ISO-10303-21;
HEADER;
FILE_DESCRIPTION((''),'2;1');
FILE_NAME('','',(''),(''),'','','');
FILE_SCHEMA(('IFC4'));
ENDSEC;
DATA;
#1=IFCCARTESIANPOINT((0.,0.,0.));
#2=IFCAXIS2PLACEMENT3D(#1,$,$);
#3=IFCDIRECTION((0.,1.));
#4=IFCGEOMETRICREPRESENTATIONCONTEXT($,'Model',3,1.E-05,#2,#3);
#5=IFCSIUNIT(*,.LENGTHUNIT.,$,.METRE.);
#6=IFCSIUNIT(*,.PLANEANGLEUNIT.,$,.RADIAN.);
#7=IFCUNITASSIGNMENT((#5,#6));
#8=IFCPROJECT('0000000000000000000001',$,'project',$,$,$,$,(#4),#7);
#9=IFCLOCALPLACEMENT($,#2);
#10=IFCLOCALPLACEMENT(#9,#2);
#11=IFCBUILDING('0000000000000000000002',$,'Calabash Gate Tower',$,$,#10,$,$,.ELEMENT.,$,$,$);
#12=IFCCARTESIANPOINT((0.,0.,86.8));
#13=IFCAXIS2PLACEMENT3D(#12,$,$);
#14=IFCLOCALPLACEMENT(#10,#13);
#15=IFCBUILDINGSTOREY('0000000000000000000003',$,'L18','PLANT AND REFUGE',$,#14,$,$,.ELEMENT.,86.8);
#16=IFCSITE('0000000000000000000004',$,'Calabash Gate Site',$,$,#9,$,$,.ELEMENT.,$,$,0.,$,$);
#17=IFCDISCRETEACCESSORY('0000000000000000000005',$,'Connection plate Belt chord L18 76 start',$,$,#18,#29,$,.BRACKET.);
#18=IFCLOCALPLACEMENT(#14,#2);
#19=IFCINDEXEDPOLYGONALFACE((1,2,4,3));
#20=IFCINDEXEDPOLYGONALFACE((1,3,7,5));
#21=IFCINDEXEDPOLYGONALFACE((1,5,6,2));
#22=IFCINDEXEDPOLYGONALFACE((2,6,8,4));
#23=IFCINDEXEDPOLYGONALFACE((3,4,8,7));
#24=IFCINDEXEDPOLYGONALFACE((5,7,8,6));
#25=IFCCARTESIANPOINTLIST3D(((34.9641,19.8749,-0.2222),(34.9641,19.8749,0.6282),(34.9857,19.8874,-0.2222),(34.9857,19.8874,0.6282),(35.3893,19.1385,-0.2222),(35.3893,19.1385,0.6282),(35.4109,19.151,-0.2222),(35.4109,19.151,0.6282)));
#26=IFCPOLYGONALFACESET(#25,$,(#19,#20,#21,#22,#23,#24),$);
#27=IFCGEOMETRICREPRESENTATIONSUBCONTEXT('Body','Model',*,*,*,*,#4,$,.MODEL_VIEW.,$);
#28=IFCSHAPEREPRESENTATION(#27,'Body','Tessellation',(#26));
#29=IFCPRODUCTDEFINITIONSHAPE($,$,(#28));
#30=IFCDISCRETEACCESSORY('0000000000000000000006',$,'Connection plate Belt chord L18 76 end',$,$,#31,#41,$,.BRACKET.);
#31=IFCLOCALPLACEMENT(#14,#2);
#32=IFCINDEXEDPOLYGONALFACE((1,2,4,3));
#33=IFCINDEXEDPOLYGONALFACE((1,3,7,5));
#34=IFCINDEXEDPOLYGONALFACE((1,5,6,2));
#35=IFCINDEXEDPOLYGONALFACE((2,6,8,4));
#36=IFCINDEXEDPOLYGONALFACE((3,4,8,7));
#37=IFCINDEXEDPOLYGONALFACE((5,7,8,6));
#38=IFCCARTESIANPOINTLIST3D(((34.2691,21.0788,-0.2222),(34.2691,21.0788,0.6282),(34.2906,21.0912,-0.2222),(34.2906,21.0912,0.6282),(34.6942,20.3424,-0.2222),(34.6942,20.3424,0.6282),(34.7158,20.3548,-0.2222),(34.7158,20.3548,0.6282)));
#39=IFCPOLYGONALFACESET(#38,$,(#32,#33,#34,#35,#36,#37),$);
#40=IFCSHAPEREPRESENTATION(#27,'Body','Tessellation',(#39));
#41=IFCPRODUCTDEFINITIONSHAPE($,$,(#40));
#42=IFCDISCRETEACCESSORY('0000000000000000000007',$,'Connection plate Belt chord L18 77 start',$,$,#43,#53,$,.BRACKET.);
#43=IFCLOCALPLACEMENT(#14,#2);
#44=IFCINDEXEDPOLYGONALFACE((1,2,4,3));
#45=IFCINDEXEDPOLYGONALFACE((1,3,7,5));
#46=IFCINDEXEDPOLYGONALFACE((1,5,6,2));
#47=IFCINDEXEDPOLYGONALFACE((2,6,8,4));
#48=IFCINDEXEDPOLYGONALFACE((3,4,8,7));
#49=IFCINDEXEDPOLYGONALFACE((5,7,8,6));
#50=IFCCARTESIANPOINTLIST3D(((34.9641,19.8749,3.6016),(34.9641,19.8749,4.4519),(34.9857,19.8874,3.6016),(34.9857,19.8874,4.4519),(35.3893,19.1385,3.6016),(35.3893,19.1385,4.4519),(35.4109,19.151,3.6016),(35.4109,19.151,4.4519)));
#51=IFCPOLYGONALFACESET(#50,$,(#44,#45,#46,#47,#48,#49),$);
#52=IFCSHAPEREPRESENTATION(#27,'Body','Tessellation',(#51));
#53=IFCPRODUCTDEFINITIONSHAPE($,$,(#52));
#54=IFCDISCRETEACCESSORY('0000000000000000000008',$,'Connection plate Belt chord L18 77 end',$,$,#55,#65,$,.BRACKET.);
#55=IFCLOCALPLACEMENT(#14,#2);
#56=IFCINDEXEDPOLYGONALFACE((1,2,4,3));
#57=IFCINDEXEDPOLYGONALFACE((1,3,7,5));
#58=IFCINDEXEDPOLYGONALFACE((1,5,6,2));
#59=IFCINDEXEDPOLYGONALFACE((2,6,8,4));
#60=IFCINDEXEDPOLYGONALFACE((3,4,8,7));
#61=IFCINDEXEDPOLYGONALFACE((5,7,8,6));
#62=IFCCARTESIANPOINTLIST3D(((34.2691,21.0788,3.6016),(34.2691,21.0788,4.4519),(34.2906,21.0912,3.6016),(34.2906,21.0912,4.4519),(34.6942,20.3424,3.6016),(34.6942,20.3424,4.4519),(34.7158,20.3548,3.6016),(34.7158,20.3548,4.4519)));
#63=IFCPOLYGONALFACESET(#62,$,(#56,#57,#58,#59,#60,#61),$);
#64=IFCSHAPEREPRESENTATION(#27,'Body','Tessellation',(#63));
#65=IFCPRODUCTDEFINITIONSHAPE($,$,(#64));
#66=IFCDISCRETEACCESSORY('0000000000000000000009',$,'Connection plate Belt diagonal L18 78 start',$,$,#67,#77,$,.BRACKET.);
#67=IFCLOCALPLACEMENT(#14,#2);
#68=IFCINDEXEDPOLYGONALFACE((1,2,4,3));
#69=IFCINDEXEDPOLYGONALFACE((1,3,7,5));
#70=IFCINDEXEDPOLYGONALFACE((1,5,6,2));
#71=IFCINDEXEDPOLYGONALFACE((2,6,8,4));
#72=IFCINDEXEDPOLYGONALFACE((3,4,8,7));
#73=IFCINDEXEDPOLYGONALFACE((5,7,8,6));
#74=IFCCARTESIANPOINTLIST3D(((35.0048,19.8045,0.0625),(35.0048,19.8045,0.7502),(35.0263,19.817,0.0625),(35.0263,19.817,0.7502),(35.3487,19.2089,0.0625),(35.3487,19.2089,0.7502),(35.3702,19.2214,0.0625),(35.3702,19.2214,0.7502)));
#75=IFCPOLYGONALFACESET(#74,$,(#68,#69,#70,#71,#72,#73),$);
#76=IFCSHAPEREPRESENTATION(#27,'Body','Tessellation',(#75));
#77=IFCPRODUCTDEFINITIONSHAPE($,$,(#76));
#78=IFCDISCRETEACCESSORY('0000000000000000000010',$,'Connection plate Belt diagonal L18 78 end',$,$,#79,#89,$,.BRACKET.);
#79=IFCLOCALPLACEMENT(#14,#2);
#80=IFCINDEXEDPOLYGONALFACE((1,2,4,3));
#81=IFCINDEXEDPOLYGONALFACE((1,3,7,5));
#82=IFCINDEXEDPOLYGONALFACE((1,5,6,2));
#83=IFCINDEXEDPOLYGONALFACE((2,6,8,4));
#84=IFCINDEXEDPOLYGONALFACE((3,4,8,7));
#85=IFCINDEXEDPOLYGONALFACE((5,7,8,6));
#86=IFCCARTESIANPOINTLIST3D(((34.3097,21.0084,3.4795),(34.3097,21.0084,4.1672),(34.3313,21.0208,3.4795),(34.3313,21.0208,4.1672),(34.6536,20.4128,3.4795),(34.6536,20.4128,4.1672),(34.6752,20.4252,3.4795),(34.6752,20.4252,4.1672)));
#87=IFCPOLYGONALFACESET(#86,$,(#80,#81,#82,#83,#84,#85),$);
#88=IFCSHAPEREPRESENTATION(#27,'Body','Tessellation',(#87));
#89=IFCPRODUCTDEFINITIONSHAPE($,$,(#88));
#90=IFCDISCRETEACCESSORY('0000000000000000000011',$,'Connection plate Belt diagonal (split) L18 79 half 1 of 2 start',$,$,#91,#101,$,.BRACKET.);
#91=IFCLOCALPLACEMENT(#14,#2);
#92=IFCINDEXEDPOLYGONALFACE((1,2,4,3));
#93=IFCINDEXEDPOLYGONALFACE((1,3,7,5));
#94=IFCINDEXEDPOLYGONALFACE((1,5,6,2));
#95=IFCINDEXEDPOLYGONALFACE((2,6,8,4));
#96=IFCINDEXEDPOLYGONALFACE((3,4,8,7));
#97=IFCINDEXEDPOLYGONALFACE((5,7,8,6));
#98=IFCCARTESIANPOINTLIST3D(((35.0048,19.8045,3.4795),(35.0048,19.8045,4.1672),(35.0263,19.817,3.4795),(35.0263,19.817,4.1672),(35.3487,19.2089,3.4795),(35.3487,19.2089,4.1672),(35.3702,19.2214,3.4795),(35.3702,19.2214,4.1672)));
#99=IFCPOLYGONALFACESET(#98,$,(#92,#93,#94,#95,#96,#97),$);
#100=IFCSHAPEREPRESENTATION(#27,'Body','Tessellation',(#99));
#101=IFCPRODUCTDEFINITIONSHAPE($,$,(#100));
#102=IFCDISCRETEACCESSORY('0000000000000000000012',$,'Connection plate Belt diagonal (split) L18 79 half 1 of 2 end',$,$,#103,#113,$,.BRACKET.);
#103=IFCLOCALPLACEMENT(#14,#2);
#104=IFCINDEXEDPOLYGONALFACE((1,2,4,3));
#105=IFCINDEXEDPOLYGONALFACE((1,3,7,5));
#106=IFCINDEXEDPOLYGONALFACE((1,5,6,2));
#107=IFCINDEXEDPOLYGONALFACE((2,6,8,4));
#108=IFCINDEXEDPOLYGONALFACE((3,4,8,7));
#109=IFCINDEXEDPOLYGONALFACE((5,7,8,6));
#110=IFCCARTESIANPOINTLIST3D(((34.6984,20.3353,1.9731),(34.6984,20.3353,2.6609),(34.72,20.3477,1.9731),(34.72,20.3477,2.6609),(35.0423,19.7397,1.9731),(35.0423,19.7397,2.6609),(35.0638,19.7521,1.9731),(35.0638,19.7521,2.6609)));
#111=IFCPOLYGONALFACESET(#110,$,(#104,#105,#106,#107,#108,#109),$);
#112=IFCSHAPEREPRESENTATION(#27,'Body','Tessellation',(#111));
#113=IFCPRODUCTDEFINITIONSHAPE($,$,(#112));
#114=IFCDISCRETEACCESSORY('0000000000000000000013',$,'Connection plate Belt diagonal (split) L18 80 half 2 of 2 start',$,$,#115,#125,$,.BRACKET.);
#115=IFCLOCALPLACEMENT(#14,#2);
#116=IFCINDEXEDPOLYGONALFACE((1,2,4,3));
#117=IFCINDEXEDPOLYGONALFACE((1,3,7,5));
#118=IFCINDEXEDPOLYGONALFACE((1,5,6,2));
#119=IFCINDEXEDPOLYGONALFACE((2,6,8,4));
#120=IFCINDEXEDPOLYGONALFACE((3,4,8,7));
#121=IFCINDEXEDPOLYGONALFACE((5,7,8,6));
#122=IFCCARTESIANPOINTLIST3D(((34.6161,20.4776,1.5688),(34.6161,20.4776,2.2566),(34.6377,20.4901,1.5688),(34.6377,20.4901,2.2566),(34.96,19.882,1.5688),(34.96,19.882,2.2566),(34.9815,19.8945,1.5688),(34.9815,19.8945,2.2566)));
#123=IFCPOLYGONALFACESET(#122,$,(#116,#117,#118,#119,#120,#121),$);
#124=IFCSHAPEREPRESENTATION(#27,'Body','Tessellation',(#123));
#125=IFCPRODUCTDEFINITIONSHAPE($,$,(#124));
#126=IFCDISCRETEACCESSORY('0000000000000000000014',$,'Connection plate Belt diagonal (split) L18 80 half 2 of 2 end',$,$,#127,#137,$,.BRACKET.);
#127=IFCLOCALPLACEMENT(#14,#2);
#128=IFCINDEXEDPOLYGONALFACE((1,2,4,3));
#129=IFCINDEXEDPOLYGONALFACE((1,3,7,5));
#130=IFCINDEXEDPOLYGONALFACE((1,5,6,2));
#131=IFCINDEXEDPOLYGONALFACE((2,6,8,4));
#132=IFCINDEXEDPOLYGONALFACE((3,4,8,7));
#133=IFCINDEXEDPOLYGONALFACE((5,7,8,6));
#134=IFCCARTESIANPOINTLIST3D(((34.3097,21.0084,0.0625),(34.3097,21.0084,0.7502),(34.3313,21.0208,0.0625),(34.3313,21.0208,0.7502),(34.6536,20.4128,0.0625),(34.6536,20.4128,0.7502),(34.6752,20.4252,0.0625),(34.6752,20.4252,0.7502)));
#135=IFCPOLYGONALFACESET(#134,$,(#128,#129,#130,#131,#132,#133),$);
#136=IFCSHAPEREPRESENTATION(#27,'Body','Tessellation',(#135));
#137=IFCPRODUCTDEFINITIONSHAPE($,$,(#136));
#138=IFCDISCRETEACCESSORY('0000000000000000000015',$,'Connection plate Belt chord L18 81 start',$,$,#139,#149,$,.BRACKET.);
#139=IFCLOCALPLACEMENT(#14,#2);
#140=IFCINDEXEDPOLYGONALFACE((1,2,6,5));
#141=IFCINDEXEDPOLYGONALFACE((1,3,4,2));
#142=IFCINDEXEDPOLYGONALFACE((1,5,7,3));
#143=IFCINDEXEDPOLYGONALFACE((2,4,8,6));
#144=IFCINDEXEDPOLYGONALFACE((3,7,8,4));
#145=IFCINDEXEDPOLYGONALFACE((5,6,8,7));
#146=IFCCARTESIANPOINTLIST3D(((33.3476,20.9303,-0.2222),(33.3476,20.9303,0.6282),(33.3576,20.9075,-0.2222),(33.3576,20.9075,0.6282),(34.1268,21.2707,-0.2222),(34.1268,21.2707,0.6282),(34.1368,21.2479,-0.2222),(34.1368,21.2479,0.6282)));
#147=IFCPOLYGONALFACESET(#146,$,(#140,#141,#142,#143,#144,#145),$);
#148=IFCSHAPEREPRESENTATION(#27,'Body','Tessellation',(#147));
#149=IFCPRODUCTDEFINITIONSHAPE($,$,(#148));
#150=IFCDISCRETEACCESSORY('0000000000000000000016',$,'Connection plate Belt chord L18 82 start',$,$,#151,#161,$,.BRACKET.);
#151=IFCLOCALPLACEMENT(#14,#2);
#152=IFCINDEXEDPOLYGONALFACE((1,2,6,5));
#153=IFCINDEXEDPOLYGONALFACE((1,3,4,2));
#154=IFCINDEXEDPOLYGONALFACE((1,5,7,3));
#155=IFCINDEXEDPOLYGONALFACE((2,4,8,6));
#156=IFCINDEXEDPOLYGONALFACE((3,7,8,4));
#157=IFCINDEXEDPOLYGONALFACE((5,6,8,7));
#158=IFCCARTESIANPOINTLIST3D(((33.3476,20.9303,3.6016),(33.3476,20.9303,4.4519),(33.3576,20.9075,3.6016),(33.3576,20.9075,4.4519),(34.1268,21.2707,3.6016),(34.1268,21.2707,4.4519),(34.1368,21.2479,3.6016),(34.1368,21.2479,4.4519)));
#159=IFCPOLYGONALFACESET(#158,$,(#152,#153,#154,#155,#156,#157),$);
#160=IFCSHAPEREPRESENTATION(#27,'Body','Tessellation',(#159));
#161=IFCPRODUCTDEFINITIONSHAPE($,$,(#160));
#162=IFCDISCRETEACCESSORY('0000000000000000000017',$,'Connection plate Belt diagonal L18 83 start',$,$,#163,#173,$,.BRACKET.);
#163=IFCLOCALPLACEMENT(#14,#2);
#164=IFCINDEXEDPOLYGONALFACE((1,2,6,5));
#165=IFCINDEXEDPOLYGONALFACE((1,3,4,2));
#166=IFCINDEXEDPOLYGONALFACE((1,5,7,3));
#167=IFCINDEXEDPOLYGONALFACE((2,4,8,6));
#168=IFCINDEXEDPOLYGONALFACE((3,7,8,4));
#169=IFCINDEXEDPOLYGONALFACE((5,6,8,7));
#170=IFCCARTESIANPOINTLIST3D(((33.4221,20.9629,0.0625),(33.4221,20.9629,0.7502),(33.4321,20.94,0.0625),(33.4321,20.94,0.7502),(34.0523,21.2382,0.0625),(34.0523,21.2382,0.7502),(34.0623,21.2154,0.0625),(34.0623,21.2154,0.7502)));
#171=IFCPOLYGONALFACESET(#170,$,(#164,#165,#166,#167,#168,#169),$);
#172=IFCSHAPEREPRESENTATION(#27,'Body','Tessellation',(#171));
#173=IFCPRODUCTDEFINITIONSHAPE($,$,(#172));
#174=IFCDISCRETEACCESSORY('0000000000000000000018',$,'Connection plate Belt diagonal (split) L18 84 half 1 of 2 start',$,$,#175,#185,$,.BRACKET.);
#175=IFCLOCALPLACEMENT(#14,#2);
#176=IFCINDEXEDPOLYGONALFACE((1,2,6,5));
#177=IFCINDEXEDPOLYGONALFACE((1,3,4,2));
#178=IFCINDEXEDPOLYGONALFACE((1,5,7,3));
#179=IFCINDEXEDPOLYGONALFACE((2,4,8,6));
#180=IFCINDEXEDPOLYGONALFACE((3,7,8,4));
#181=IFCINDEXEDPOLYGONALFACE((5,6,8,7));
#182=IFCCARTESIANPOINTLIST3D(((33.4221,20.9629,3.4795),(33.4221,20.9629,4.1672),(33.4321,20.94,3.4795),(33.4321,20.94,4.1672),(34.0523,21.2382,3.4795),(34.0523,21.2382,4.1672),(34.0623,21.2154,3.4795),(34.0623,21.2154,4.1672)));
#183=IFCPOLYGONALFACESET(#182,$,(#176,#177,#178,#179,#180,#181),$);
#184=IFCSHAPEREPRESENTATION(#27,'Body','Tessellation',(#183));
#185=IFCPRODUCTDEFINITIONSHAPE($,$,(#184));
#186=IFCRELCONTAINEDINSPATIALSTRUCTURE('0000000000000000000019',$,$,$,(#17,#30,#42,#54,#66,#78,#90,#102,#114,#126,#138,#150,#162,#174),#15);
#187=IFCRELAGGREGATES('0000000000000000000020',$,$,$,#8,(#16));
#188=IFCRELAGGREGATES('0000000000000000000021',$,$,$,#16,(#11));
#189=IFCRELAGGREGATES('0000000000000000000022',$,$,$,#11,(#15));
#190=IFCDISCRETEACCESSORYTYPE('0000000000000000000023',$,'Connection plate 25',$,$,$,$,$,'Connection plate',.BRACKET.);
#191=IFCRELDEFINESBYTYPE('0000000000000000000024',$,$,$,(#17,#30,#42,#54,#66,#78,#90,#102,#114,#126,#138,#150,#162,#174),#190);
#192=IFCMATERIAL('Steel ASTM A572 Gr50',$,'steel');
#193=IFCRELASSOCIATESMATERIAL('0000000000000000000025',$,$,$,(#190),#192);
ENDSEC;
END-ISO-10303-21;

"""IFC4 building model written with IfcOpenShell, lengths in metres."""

from ifc_helpers import new_model, si_unit, direction, frame, origin, origin_2d, place, context, subcontext, project, spatial, rectangle, extrude, material, type_object, element, save


model = new_model("IFC4")

# Units and contexts
model_context = context("Model", 3, precision=1e-05, world=origin(), true_north=direction((0.0, 1.0)))
body_context = subcontext(model_context, "Body", "Model", "MODEL_VIEW")
ifc_project = project(units=[si_unit("LENGTHUNIT", "METRE"), si_unit("PLANEANGLEUNIT", "RADIAN")], contexts=[model_context])

# Site, building, storey
site_placement = place(None, origin())
site = spatial("IfcSite", under=ifc_project, at=site_placement, Name="Calabash Gate Site", CompositionType="ELEMENT", RefElevation=0.0)
building_placement = place(site_placement, origin())
building = spatial("IfcBuilding", under=site, at=building_placement, Name="Calabash Gate Tower", CompositionType="ELEMENT")
storey_placement = place(building_placement, frame((0.0, 0.0, 86.8)))
storey = spatial("IfcBuildingStorey", under=building, at=storey_placement, Name="L18", Description="PLANT AND REFUGE", CompositionType="ELEMENT", Elevation=86.8)

# Discrete accessories
ifc_material_1 = material(Name="Steel ASTM A572 Gr50", Category="steel")
discrete_accessory_type = type_object("IfcDiscreteAccessoryType", Name="Connection plate 25", ElementType="Connection plate", PredefinedType="BRACKET", material=ifc_material_1)
for number, where, z_axis, x_axis, name in (
    (1, (35.1875, 19.5129, -0.2222), (0.0, 0.0, 1.0), (-0.5, 0.866025, 0.0), "Connection plate Belt chord L18 76 start"),
    (2, (34.4924, 20.7168, -0.2222), (0.0, 0.0, 1.0), (-0.5, 0.866025, 0.0), "Connection plate Belt chord L18 76 end"),
    (3, (35.1875, 19.5129, 3.6016), (0.0, 0.0, 1.0), (-0.5, 0.866025, 0.0), "Connection plate Belt chord L18 77 start"),
    (4, (34.4924, 20.7168, 3.6016), (0.0, 0.0, 1.0), (-0.5, 0.866025, 0.0), "Connection plate Belt chord L18 77 end"),
):
    element("IfcDiscreteAccessory", number, at=place(storey_placement, frame(where, z_axis=z_axis, x_axis=x_axis)), inside=storey, type_object=discrete_accessory_type, Name=name, PredefinedType="BRACKET", context=body_context, shape_type="SweptSolid", body=[
        extrude(rectangle(XDim=0.8503, YDim=0.0249, at=origin_2d()), origin(), (0.0, 0.0, 1.0), 0.8503),
    ])
for number, where, z_axis, x_axis, name in (
    (5, (35.1875, 19.5129, 0.0625), (0.0, 0.0, 1.0), (-0.5, 0.866025, 0.0), "Connection plate Belt diagonal L18 78 start"),
    (6, (34.4924, 20.7168, 3.4795), (0.0, 0.0, 1.0), (-0.5, 0.866025, 0.0), "Connection plate Belt diagonal L18 78 end"),
    (7, (35.1875, 19.5129, 3.4795), (0.0, 0.0, 1.0), (-0.5, 0.866025, 0.0), "Connection plate Belt diagonal (split) L18 79 half 1 of 2 start"),
    (8, (34.8811, 20.0437, 1.9731), (0.0, 0.0, 1.0), (-0.5, 0.866025, 0.0), "Connection plate Belt diagonal (split) L18 79 half 1 of 2 end"),
    (9, (34.7988, 20.186, 1.5688), (0.0, 0.0, 1.0), (-0.5, 0.866025, 0.0), "Connection plate Belt diagonal (split) L18 80 half 2 of 2 start"),
    (10, (34.4924, 20.7168, 0.0625), (0.0, 0.0, 1.0), (-0.5, 0.866025, 0.0), "Connection plate Belt diagonal (split) L18 80 half 2 of 2 end"),
):
    element("IfcDiscreteAccessory", number, at=place(storey_placement, frame(where, z_axis=z_axis, x_axis=x_axis)), inside=storey, type_object=discrete_accessory_type, Name=name, PredefinedType="BRACKET", context=body_context, shape_type="SweptSolid", body=[
        extrude(rectangle(XDim=0.6877, YDim=0.0249, at=origin_2d()), origin(), (0.0, 0.0, 1.0), 0.6877),
    ])
for number, where, z_axis, x_axis, name in (
    (11, (33.7422, 21.0891, -0.2222), (0.0, 0.0, 1.0), (-0.916372, -0.400327, 0.0), "Connection plate Belt chord L18 81 start"),
    (12, (33.7422, 21.0891, 3.6016), (0.0, 0.0, 1.0), (-0.916385, -0.400298, 0.0), "Connection plate Belt chord L18 82 start"),
):
    element("IfcDiscreteAccessory", number, at=place(storey_placement, frame(where, z_axis=z_axis, x_axis=x_axis)), inside=storey, type_object=discrete_accessory_type, Name=name, PredefinedType="BRACKET", context=body_context, shape_type="SweptSolid", body=[
        extrude(rectangle(XDim=0.8503, YDim=0.0249, at=origin_2d()), origin(), (0.0, 0.0, 1.0), 0.8503),
    ])
for number, where, z_axis, x_axis, name in (
    (13, (33.7422, 21.0891, 0.0625), (0.0, 0.0, 1.0), (-0.916372, -0.400327, 0.0), "Connection plate Belt diagonal L18 83 start"),
    (14, (33.7422, 21.0891, 3.4795), (0.0, 0.0, 1.0), (-0.916372, -0.400327, 0.0), "Connection plate Belt diagonal (split) L18 84 half 1 of 2 start"),
):
    element("IfcDiscreteAccessory", number, at=place(storey_placement, frame(where, z_axis=z_axis, x_axis=x_axis)), inside=storey, type_object=discrete_accessory_type, Name=name, PredefinedType="BRACKET", context=body_context, shape_type="SweptSolid", body=[
        extrude(rectangle(XDim=0.6877, YDim=0.0249, at=origin_2d()), origin(), (0.0, 0.0, 1.0), 0.6877),
    ])

save(model, "model.ifc")
